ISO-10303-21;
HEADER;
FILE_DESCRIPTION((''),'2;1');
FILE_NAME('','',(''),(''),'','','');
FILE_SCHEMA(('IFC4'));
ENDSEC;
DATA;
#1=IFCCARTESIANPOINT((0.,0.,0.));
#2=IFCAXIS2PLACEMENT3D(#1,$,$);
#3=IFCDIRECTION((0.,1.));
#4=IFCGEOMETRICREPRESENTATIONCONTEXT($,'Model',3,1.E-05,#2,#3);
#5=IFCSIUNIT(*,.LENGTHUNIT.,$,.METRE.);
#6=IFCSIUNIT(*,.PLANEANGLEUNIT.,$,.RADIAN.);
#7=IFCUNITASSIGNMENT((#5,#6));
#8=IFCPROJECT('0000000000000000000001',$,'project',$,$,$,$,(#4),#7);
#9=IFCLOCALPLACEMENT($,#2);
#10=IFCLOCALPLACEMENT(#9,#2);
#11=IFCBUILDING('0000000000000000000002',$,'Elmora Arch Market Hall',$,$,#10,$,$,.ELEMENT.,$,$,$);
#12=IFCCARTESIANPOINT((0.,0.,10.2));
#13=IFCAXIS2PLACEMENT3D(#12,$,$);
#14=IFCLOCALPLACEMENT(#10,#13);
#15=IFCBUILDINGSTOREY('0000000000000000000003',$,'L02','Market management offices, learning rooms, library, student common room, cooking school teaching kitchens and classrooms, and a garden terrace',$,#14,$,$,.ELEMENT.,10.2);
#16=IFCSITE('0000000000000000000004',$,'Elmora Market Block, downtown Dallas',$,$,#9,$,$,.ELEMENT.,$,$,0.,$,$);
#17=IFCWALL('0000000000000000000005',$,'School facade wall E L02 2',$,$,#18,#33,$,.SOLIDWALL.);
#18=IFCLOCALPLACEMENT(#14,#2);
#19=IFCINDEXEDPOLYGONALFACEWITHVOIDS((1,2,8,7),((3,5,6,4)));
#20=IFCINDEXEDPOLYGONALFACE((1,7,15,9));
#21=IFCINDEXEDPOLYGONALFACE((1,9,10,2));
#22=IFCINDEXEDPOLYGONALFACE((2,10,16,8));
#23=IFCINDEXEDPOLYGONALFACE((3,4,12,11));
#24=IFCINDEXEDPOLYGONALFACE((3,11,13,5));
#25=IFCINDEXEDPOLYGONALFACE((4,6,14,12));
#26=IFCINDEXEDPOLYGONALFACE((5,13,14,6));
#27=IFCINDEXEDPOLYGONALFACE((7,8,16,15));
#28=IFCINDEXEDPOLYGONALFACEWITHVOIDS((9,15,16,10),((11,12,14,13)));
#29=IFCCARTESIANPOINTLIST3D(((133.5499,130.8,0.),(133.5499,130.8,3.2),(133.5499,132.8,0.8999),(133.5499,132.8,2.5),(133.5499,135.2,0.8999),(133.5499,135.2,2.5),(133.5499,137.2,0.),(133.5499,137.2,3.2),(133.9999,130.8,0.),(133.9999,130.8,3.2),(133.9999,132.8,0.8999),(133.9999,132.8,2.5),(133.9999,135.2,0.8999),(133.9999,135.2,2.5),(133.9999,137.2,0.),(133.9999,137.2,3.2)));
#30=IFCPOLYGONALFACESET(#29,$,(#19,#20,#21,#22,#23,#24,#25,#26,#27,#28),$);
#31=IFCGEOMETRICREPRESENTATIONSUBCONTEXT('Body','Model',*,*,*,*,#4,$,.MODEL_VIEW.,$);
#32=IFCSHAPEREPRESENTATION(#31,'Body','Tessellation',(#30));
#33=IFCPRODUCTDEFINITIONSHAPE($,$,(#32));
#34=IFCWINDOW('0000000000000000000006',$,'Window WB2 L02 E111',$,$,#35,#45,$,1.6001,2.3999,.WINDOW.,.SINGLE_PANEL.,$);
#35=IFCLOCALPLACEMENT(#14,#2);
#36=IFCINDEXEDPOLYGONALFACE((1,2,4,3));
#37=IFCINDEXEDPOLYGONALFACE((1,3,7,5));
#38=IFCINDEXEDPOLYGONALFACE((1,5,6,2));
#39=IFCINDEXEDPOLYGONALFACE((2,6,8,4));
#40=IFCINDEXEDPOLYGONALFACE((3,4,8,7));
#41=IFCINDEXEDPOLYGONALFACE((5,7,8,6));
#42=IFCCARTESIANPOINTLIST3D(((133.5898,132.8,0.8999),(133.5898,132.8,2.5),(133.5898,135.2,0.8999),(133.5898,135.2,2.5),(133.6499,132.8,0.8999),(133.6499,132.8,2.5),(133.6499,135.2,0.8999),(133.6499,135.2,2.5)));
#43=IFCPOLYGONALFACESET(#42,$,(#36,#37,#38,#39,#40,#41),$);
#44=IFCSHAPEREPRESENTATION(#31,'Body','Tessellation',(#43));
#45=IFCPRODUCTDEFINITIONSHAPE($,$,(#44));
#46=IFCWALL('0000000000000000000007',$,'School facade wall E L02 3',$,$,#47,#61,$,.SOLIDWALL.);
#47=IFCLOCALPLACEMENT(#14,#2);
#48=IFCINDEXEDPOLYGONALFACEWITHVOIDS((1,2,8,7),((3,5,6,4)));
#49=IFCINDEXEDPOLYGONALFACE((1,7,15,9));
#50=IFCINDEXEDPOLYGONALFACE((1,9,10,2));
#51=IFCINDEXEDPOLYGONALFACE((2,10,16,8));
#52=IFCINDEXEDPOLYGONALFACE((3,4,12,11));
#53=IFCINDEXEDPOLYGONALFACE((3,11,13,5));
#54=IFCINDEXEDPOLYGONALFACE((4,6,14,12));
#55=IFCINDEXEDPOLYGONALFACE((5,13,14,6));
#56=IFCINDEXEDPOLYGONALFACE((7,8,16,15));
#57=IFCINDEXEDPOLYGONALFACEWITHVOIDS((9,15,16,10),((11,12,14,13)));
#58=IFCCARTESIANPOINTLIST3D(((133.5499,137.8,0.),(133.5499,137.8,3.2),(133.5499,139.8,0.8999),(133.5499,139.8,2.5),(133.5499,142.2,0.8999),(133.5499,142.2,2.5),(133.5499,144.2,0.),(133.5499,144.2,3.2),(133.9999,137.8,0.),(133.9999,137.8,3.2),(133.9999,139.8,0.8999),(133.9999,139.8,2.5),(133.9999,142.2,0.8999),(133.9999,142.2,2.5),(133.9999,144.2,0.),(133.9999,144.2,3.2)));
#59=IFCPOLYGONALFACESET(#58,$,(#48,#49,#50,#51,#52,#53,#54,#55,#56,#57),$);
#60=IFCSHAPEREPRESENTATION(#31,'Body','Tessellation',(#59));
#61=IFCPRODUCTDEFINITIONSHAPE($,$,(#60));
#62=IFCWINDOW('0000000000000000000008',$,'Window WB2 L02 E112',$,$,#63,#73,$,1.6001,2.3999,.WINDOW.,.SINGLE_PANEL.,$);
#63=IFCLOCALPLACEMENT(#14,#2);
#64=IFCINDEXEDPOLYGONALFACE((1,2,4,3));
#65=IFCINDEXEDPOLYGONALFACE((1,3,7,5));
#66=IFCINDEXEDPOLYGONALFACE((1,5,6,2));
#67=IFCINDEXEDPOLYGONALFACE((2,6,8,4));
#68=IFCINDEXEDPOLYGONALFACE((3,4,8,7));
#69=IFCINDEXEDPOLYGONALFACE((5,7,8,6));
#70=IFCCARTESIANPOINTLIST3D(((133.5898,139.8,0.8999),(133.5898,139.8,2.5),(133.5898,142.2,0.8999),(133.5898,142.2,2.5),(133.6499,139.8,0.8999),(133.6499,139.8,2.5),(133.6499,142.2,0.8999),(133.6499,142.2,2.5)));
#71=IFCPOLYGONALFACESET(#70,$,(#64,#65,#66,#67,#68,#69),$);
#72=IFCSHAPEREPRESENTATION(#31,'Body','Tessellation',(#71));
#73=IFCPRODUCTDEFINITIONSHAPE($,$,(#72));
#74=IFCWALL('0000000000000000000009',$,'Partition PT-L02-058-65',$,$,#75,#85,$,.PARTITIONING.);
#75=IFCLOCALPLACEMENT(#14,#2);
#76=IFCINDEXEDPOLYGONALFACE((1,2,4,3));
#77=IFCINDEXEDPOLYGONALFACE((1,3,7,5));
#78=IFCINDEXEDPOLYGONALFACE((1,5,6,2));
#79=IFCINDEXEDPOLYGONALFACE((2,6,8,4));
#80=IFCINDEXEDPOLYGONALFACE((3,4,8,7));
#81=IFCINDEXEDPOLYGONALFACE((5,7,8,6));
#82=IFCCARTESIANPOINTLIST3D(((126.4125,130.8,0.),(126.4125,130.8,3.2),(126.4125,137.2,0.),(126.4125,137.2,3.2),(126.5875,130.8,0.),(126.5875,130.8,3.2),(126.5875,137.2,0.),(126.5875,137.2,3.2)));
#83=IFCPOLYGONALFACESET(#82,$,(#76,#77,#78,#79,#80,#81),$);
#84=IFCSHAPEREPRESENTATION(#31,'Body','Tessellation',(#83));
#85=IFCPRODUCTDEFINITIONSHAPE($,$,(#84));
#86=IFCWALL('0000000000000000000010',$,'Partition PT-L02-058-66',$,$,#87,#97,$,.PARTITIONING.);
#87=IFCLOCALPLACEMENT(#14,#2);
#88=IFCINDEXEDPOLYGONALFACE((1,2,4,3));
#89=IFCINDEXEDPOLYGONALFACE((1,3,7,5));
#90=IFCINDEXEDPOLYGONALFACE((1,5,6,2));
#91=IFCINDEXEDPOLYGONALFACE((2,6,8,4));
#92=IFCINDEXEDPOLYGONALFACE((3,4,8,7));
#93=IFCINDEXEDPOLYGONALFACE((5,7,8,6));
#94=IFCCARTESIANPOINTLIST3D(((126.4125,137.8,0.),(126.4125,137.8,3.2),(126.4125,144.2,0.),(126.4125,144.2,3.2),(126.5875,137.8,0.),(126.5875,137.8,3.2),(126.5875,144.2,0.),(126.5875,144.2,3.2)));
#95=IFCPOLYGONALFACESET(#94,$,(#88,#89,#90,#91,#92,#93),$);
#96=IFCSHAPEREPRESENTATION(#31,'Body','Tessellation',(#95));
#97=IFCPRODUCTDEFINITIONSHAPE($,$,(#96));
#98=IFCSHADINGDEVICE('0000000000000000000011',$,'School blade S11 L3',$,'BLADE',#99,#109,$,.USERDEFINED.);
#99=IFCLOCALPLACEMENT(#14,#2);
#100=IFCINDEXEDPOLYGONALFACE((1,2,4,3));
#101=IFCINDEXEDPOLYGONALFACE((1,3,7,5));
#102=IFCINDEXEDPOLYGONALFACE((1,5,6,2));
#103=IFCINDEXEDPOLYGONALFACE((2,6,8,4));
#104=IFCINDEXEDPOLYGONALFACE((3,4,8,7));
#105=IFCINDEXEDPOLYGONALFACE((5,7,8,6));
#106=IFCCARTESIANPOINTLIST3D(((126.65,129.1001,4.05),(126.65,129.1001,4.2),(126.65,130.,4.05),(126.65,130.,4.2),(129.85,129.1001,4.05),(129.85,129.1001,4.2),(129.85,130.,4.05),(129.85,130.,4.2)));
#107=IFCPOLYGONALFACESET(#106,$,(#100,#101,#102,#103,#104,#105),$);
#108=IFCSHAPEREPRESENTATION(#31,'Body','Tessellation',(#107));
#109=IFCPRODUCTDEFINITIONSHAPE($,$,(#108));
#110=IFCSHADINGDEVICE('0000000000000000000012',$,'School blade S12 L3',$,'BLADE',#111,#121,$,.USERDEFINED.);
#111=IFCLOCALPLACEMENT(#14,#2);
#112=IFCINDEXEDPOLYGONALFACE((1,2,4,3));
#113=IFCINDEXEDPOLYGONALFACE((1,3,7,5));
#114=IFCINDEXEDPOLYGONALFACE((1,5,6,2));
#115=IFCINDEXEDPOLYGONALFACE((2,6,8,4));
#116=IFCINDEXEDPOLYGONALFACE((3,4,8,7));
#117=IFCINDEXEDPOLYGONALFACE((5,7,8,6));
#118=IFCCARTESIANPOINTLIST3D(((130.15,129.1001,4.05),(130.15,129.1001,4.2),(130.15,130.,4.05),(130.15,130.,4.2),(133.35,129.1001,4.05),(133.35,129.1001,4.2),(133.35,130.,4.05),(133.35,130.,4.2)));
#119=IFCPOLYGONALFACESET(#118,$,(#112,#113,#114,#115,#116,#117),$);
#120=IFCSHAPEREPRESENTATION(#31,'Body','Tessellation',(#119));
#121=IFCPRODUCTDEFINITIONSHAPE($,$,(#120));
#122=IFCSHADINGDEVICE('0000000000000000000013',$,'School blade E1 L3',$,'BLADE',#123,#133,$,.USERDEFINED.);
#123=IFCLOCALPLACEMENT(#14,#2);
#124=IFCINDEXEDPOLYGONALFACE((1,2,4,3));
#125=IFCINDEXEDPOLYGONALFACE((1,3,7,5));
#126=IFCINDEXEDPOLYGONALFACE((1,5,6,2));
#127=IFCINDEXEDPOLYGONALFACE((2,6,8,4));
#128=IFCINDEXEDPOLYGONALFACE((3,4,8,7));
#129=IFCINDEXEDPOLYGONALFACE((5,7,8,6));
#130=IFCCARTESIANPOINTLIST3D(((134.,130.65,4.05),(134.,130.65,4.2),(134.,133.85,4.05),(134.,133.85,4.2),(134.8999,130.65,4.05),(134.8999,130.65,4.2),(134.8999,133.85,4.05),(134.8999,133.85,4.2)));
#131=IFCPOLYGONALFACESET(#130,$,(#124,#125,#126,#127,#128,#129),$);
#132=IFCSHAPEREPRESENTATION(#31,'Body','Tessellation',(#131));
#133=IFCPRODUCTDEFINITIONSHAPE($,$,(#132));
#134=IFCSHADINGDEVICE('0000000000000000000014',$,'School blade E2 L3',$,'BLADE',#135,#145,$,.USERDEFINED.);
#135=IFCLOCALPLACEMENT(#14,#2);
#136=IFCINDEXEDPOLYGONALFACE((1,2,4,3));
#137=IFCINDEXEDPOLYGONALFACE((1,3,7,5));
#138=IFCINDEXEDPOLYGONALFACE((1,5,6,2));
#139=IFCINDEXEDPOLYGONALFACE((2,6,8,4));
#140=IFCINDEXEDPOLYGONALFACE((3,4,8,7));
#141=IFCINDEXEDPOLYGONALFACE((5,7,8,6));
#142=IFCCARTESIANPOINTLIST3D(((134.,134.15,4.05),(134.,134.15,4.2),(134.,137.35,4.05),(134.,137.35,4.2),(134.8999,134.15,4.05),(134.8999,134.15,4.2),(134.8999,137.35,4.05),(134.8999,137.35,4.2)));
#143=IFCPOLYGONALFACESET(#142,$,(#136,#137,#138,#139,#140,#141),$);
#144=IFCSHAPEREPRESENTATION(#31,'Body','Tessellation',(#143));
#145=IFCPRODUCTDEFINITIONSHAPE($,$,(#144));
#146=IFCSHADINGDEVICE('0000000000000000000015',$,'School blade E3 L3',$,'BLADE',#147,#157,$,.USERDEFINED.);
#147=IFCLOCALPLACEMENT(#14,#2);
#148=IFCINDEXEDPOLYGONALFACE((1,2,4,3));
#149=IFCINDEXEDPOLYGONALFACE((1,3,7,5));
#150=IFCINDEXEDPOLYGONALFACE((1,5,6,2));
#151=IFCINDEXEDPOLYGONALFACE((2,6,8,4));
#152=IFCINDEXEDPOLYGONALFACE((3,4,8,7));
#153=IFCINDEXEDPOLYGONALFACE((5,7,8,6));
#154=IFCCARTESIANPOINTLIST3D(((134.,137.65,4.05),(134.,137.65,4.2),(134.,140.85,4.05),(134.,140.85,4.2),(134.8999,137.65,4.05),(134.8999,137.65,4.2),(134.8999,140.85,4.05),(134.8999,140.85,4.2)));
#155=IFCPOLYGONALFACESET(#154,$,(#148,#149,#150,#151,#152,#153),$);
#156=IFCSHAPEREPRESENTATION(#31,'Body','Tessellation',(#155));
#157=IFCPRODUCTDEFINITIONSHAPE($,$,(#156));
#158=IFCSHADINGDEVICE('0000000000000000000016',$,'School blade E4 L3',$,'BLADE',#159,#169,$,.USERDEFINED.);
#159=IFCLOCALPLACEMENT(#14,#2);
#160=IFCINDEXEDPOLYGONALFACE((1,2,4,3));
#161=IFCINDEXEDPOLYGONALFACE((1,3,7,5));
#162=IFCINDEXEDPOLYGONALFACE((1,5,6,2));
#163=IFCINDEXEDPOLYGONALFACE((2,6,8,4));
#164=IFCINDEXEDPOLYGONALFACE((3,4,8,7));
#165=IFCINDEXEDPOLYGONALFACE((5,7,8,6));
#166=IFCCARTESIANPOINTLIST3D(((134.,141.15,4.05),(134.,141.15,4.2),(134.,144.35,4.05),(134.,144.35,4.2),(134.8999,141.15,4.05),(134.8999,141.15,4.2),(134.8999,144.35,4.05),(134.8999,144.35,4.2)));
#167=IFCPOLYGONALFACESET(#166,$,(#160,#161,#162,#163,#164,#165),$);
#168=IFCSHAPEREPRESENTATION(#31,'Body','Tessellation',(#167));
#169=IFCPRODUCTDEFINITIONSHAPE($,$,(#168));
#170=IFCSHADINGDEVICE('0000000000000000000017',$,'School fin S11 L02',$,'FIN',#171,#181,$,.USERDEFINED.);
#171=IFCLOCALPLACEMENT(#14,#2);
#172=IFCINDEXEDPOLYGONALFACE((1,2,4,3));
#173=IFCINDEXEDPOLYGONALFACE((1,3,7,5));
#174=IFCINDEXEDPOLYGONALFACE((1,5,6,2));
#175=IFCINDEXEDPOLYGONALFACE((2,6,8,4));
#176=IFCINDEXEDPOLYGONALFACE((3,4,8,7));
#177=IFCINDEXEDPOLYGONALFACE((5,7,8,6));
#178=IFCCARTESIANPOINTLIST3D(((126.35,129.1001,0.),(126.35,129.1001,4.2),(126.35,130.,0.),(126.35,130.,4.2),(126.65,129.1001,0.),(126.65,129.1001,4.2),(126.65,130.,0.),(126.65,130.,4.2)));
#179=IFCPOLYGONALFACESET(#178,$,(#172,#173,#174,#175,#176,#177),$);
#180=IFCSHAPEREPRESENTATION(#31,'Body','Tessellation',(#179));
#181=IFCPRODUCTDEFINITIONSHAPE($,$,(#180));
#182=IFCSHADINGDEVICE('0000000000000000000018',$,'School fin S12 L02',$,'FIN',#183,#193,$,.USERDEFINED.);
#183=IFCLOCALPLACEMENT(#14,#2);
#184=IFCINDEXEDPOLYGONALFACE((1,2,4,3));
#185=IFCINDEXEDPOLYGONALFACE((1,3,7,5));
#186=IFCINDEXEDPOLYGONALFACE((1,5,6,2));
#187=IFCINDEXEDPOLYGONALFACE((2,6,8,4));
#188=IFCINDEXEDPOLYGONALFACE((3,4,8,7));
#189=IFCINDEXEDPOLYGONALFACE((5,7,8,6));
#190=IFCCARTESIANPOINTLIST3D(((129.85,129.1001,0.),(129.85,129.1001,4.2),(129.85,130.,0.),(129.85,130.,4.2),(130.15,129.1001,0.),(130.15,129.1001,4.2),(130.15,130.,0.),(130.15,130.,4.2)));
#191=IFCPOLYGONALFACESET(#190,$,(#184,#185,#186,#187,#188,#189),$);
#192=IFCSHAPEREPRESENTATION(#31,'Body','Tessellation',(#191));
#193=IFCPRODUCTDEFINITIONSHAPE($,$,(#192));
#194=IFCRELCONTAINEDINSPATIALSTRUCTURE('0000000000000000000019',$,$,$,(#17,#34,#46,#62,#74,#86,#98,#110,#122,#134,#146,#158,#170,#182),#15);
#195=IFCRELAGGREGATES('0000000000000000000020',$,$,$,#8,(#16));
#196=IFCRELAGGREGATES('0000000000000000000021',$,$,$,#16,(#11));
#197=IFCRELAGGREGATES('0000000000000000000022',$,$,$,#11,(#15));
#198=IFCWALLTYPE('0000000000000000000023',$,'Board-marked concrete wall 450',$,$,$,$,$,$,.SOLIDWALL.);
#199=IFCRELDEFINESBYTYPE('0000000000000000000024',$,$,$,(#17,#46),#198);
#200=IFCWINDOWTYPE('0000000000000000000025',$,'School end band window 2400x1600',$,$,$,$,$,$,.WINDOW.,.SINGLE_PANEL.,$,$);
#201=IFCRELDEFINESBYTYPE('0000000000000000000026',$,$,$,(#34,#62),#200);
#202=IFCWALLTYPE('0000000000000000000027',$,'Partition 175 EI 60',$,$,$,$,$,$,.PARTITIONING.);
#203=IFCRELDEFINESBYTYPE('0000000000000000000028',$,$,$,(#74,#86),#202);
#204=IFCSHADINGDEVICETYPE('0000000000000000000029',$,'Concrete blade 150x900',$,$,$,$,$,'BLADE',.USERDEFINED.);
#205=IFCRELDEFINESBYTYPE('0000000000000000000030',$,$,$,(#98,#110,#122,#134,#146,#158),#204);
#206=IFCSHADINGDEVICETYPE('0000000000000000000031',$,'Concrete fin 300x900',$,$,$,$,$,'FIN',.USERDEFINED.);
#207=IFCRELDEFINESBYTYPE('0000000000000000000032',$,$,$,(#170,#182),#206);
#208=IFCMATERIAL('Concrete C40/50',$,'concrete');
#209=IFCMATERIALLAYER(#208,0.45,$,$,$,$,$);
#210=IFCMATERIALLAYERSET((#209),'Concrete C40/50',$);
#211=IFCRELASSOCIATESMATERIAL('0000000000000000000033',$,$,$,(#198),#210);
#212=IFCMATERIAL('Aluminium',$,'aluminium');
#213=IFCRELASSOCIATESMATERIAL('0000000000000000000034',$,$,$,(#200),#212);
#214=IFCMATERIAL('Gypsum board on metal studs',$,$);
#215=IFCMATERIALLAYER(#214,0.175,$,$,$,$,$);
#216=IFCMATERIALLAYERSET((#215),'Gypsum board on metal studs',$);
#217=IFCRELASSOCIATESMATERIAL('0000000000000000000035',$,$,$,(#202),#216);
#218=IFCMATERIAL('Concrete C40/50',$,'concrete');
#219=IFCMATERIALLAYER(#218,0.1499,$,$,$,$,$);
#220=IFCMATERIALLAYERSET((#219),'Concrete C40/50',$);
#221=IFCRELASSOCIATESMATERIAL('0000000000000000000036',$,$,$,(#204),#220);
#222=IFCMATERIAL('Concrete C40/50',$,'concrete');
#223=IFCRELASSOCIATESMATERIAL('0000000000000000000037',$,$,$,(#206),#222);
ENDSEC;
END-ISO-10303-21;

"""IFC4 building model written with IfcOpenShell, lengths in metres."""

from ifc_helpers import new_model, si_unit, direction, frame, frame_2d, origin, origin_2d, place, context, subcontext, project, spatial, rectangle, extrude, material, layer, layer_set, type_object, element, fill, save


model = new_model("IFC4")

# Units and contexts
model_context = context("Model", 3, precision=1e-05, world=origin(), true_north=direction((0.0, 1.0)))
body_context = subcontext(model_context, "Body", "Model", "MODEL_VIEW")
ifc_project = project(units=[si_unit("LENGTHUNIT", "METRE"), si_unit("PLANEANGLEUNIT", "RADIAN")], contexts=[model_context])

# Site, building, storey
site_placement = place(None, origin())
site = spatial("IfcSite", under=ifc_project, at=site_placement, Name="Elmora Market Block, downtown Dallas", CompositionType="ELEMENT", RefElevation=0.0)
building_placement = place(site_placement, origin())
building = spatial("IfcBuilding", under=site, at=building_placement, Name="Elmora Arch Market Hall", CompositionType="ELEMENT")
storey_placement = place(building_placement, frame((0.0, 0.0, 10.2)))
storey = spatial("IfcBuildingStorey", under=building, at=storey_placement, Name="L02", Description="Market management offices, learning rooms, library, student common room, cooking school teaching kitchens and classrooms, and a garden terrace", CompositionType="ELEMENT", Elevation=10.2)

# Walls, openings, windows
ifc_material_1 = material(Name="Concrete C40/50", Category="concrete")
ifc_layer_1 = layer(ifc_material_1, 0.45)
ifc_layer_set_1 = layer_set([ifc_layer_1], Name="Concrete C40/50")
wall_type_1 = type_object("IfcWallType", Name="Board-marked concrete wall 450", PredefinedType="SOLIDWALL", material=ifc_layer_set_1)
wall_1_placement = place(storey_placement, frame((133.7749, 137.2, 0.0), z_axis=(0.0, 0.0, 1.0), x_axis=(0.0, -1.0, 0.0)))
wall_1 = element("IfcWall", 1, at=wall_1_placement, inside=storey, type_object=wall_type_1, Name="School facade wall E L02 2", PredefinedType="SOLIDWALL", context=body_context, shape_type="SweptSolid", body=[
    extrude(rectangle(XDim=6.3999, YDim=0.45, at=frame_2d((3.2, 0.0))), origin(), (0.0, 0.0, 1.0), 3.2),
])
opening_1_placement = place(wall_1_placement, frame((2.0, 0.0, 0.8999)))
opening_1 = element("IfcOpeningElement", 2, at=opening_1_placement, cuts=wall_1, PredefinedType="OPENING", context=body_context, shape_type="SweptSolid", body=[
    extrude(rectangle(XDim=2.3999, YDim=1.6001, at=frame_2d((1.2, 0.8))), frame((0.0, 0.2349, 0.0), z_axis=(0.0, -1.0, 0.0), x_axis=(1.0, 0.0, 0.0)), (0.0, 0.0, 1.0), 0.47),
])
ifc_material_2 = material(Name="Aluminium", Category="aluminium")
window_type_1 = type_object("IfcWindowType", Name="School end band window 2400x1600", PartitioningType="SINGLE_PANEL", PredefinedType="WINDOW", material=ifc_material_2)
window_1_placement = place(opening_1_placement, origin())
window_1 = element("IfcWindow", 3, at=window_1_placement, inside=storey, type_object=window_type_1, Name="Window WB2 L02 E111", OverallHeight=1.6001, OverallWidth=2.3999, PartitioningType="SINGLE_PANEL", PredefinedType="WINDOW", context=body_context, shape_type="SweptSolid", body=[
    extrude(rectangle(XDim=2.3999, YDim=1.6001, at=frame_2d((1.2, 0.8))), frame((0.0, -0.125, 0.0), z_axis=(0.0, -1.0, 0.0), x_axis=(1.0, 0.0, 0.0)), (0.0, 0.0, 1.0), 0.0601),
])
fill(opening_1, window_1)
wall_2_placement = place(storey_placement, frame((133.7749, 144.2, 0.0), z_axis=(0.0, 0.0, 1.0), x_axis=(0.0, -1.0, 0.0)))
wall_2 = element("IfcWall", 4, at=wall_2_placement, inside=storey, type_object=wall_type_1, Name="School facade wall E L02 3", PredefinedType="SOLIDWALL", context=body_context, shape_type="SweptSolid", body=[
    extrude(rectangle(XDim=6.3999, YDim=0.45, at=frame_2d((3.2, 0.0))), origin(), (0.0, 0.0, 1.0), 3.2),
])
opening_2_placement = place(wall_2_placement, frame((2.0, 0.0, 0.8999)))
opening_2 = element("IfcOpeningElement", 5, at=opening_2_placement, cuts=wall_2, PredefinedType="OPENING", context=body_context, shape_type="SweptSolid", body=[
    extrude(rectangle(XDim=2.3999, YDim=1.6001, at=frame_2d((1.2, 0.8))), frame((0.0, 0.2349, 0.0), z_axis=(0.0, -1.0, 0.0), x_axis=(1.0, 0.0, 0.0)), (0.0, 0.0, 1.0), 0.47),
])
window_2_placement = place(opening_2_placement, origin())
window_2 = element("IfcWindow", 6, at=window_2_placement, inside=storey, type_object=window_type_1, Name="Window WB2 L02 E112", OverallHeight=1.6001, OverallWidth=2.3999, PartitioningType="SINGLE_PANEL", PredefinedType="WINDOW", context=body_context, shape_type="SweptSolid", body=[
    extrude(rectangle(XDim=2.3999, YDim=1.6001, at=frame_2d((1.2, 0.8))), frame((0.0, -0.125, 0.0), z_axis=(0.0, -1.0, 0.0), x_axis=(1.0, 0.0, 0.0)), (0.0, 0.0, 1.0), 0.0601),
])
fill(opening_2, window_2)

# Walls
ifc_material_3 = material(Name="Gypsum board on metal studs")
ifc_layer_2 = layer(ifc_material_3, 0.175)
ifc_layer_set_2 = layer_set([ifc_layer_2], Name="Gypsum board on metal studs")
wall_type_2 = type_object("IfcWallType", Name="Partition 175 EI 60", PredefinedType="PARTITIONING", material=ifc_layer_set_2)
for number, where, z_axis, x_axis, name in (
    (7, (126.5, 130.8, 0.0), (0.0, 0.0, 1.0), (0.0, 1.0, 0.0), "Partition PT-L02-058-65"),
    (8, (126.5, 137.8, 0.0), (0.0, 0.0, 1.0), (0.0, 1.0, 0.0), "Partition PT-L02-058-66"),
):
    element("IfcWall", number, at=place(storey_placement, frame(where, z_axis=z_axis, x_axis=x_axis)), inside=storey, type_object=wall_type_2, Name=name, PredefinedType="PARTITIONING", context=body_context, shape_type="SweptSolid", body=[
        extrude(rectangle(XDim=6.3999, YDim=0.175, at=frame_2d((3.2, 0.0))), origin(), (0.0, 0.0, 1.0), 3.2),
    ])

# Shading devices
ifc_material_4 = material(Name="Concrete C40/50", Category="concrete")
ifc_layer_3 = layer(ifc_material_4, 0.1499)
ifc_layer_set_3 = layer_set([ifc_layer_3], Name="Concrete C40/50")
shading_device_type_1 = type_object("IfcShadingDeviceType", Name="Concrete blade 150x900", ElementType="BLADE", PredefinedType="USERDEFINED", material=ifc_layer_set_3)
for number, where, z_axis, x_axis, name in (
    (9, (128.25, 129.55, 4.05), (0.0, 0.0, 1.0), (1.0, 0.0, 0.0), "School blade S11 L3"),
    (10, (131.75, 129.55, 4.05), (0.0, 0.0, 1.0), (1.0, 0.0, 0.0), "School blade S12 L3"),
):
    element("IfcShadingDevice", number, at=place(storey_placement, frame(where, z_axis=z_axis, x_axis=x_axis)), inside=storey, type_object=shading_device_type_1, Name=name, ObjectType="BLADE", PredefinedType="USERDEFINED", context=body_context, shape_type="SweptSolid", body=[
        extrude(rectangle(XDim=3.2, YDim=0.8999, at=origin_2d()), origin(), (0.0, 0.0, 1.0), 0.1499),
    ])
for number, where, z_axis, x_axis, name in (
    (11, (134.45, 132.25, 4.05), (0.0, 0.0, 1.0), (1.0, 0.0, 0.0), "School blade E1 L3"),
    (12, (134.45, 135.75, 4.05), (0.0, 0.0, 1.0), (1.0, 0.0, 0.0), "School blade E2 L3"),
    (13, (134.45, 139.25, 4.05), (0.0, 0.0, 1.0), (1.0, 0.0, 0.0), "School blade E3 L3"),
    (14, (134.45, 142.75, 4.05), (0.0, 0.0, 1.0), (1.0, 0.0, 0.0), "School blade E4 L3"),
):
    element("IfcShadingDevice", number, at=place(storey_placement, frame(where, z_axis=z_axis, x_axis=x_axis)), inside=storey, type_object=shading_device_type_1, Name=name, ObjectType="BLADE", PredefinedType="USERDEFINED", context=body_context, shape_type="SweptSolid", body=[
        extrude(rectangle(XDim=0.8999, YDim=3.2, at=origin_2d()), origin(), (0.0, 0.0, 1.0), 0.1499),
    ])
ifc_material_5 = material(Name="Concrete C40/50", Category="concrete")
shading_device_type_2 = type_object("IfcShadingDeviceType", Name="Concrete fin 300x900", ElementType="FIN", PredefinedType="USERDEFINED", material=ifc_material_5)
for number, where, z_axis, x_axis, name in (
    (15, (126.5, 129.55, 0.0), (0.0, 0.0, 1.0), (1.0, 0.0, 0.0), "School fin S11 L02"),
    (16, (130.0, 129.55, 0.0), (0.0, 0.0, 1.0), (1.0, 0.0, 0.0), "School fin S12 L02"),
):
    element("IfcShadingDevice", number, at=place(storey_placement, frame(where, z_axis=z_axis, x_axis=x_axis)), inside=storey, type_object=shading_device_type_2, Name=name, ObjectType="FIN", PredefinedType="USERDEFINED", context=body_context, shape_type="SweptSolid", body=[
        extrude(rectangle(XDim=0.3, YDim=0.8999, at=origin_2d()), origin(), (0.0, 0.0, 1.0), 4.2),
    ])

save(model, "model.ifc")
